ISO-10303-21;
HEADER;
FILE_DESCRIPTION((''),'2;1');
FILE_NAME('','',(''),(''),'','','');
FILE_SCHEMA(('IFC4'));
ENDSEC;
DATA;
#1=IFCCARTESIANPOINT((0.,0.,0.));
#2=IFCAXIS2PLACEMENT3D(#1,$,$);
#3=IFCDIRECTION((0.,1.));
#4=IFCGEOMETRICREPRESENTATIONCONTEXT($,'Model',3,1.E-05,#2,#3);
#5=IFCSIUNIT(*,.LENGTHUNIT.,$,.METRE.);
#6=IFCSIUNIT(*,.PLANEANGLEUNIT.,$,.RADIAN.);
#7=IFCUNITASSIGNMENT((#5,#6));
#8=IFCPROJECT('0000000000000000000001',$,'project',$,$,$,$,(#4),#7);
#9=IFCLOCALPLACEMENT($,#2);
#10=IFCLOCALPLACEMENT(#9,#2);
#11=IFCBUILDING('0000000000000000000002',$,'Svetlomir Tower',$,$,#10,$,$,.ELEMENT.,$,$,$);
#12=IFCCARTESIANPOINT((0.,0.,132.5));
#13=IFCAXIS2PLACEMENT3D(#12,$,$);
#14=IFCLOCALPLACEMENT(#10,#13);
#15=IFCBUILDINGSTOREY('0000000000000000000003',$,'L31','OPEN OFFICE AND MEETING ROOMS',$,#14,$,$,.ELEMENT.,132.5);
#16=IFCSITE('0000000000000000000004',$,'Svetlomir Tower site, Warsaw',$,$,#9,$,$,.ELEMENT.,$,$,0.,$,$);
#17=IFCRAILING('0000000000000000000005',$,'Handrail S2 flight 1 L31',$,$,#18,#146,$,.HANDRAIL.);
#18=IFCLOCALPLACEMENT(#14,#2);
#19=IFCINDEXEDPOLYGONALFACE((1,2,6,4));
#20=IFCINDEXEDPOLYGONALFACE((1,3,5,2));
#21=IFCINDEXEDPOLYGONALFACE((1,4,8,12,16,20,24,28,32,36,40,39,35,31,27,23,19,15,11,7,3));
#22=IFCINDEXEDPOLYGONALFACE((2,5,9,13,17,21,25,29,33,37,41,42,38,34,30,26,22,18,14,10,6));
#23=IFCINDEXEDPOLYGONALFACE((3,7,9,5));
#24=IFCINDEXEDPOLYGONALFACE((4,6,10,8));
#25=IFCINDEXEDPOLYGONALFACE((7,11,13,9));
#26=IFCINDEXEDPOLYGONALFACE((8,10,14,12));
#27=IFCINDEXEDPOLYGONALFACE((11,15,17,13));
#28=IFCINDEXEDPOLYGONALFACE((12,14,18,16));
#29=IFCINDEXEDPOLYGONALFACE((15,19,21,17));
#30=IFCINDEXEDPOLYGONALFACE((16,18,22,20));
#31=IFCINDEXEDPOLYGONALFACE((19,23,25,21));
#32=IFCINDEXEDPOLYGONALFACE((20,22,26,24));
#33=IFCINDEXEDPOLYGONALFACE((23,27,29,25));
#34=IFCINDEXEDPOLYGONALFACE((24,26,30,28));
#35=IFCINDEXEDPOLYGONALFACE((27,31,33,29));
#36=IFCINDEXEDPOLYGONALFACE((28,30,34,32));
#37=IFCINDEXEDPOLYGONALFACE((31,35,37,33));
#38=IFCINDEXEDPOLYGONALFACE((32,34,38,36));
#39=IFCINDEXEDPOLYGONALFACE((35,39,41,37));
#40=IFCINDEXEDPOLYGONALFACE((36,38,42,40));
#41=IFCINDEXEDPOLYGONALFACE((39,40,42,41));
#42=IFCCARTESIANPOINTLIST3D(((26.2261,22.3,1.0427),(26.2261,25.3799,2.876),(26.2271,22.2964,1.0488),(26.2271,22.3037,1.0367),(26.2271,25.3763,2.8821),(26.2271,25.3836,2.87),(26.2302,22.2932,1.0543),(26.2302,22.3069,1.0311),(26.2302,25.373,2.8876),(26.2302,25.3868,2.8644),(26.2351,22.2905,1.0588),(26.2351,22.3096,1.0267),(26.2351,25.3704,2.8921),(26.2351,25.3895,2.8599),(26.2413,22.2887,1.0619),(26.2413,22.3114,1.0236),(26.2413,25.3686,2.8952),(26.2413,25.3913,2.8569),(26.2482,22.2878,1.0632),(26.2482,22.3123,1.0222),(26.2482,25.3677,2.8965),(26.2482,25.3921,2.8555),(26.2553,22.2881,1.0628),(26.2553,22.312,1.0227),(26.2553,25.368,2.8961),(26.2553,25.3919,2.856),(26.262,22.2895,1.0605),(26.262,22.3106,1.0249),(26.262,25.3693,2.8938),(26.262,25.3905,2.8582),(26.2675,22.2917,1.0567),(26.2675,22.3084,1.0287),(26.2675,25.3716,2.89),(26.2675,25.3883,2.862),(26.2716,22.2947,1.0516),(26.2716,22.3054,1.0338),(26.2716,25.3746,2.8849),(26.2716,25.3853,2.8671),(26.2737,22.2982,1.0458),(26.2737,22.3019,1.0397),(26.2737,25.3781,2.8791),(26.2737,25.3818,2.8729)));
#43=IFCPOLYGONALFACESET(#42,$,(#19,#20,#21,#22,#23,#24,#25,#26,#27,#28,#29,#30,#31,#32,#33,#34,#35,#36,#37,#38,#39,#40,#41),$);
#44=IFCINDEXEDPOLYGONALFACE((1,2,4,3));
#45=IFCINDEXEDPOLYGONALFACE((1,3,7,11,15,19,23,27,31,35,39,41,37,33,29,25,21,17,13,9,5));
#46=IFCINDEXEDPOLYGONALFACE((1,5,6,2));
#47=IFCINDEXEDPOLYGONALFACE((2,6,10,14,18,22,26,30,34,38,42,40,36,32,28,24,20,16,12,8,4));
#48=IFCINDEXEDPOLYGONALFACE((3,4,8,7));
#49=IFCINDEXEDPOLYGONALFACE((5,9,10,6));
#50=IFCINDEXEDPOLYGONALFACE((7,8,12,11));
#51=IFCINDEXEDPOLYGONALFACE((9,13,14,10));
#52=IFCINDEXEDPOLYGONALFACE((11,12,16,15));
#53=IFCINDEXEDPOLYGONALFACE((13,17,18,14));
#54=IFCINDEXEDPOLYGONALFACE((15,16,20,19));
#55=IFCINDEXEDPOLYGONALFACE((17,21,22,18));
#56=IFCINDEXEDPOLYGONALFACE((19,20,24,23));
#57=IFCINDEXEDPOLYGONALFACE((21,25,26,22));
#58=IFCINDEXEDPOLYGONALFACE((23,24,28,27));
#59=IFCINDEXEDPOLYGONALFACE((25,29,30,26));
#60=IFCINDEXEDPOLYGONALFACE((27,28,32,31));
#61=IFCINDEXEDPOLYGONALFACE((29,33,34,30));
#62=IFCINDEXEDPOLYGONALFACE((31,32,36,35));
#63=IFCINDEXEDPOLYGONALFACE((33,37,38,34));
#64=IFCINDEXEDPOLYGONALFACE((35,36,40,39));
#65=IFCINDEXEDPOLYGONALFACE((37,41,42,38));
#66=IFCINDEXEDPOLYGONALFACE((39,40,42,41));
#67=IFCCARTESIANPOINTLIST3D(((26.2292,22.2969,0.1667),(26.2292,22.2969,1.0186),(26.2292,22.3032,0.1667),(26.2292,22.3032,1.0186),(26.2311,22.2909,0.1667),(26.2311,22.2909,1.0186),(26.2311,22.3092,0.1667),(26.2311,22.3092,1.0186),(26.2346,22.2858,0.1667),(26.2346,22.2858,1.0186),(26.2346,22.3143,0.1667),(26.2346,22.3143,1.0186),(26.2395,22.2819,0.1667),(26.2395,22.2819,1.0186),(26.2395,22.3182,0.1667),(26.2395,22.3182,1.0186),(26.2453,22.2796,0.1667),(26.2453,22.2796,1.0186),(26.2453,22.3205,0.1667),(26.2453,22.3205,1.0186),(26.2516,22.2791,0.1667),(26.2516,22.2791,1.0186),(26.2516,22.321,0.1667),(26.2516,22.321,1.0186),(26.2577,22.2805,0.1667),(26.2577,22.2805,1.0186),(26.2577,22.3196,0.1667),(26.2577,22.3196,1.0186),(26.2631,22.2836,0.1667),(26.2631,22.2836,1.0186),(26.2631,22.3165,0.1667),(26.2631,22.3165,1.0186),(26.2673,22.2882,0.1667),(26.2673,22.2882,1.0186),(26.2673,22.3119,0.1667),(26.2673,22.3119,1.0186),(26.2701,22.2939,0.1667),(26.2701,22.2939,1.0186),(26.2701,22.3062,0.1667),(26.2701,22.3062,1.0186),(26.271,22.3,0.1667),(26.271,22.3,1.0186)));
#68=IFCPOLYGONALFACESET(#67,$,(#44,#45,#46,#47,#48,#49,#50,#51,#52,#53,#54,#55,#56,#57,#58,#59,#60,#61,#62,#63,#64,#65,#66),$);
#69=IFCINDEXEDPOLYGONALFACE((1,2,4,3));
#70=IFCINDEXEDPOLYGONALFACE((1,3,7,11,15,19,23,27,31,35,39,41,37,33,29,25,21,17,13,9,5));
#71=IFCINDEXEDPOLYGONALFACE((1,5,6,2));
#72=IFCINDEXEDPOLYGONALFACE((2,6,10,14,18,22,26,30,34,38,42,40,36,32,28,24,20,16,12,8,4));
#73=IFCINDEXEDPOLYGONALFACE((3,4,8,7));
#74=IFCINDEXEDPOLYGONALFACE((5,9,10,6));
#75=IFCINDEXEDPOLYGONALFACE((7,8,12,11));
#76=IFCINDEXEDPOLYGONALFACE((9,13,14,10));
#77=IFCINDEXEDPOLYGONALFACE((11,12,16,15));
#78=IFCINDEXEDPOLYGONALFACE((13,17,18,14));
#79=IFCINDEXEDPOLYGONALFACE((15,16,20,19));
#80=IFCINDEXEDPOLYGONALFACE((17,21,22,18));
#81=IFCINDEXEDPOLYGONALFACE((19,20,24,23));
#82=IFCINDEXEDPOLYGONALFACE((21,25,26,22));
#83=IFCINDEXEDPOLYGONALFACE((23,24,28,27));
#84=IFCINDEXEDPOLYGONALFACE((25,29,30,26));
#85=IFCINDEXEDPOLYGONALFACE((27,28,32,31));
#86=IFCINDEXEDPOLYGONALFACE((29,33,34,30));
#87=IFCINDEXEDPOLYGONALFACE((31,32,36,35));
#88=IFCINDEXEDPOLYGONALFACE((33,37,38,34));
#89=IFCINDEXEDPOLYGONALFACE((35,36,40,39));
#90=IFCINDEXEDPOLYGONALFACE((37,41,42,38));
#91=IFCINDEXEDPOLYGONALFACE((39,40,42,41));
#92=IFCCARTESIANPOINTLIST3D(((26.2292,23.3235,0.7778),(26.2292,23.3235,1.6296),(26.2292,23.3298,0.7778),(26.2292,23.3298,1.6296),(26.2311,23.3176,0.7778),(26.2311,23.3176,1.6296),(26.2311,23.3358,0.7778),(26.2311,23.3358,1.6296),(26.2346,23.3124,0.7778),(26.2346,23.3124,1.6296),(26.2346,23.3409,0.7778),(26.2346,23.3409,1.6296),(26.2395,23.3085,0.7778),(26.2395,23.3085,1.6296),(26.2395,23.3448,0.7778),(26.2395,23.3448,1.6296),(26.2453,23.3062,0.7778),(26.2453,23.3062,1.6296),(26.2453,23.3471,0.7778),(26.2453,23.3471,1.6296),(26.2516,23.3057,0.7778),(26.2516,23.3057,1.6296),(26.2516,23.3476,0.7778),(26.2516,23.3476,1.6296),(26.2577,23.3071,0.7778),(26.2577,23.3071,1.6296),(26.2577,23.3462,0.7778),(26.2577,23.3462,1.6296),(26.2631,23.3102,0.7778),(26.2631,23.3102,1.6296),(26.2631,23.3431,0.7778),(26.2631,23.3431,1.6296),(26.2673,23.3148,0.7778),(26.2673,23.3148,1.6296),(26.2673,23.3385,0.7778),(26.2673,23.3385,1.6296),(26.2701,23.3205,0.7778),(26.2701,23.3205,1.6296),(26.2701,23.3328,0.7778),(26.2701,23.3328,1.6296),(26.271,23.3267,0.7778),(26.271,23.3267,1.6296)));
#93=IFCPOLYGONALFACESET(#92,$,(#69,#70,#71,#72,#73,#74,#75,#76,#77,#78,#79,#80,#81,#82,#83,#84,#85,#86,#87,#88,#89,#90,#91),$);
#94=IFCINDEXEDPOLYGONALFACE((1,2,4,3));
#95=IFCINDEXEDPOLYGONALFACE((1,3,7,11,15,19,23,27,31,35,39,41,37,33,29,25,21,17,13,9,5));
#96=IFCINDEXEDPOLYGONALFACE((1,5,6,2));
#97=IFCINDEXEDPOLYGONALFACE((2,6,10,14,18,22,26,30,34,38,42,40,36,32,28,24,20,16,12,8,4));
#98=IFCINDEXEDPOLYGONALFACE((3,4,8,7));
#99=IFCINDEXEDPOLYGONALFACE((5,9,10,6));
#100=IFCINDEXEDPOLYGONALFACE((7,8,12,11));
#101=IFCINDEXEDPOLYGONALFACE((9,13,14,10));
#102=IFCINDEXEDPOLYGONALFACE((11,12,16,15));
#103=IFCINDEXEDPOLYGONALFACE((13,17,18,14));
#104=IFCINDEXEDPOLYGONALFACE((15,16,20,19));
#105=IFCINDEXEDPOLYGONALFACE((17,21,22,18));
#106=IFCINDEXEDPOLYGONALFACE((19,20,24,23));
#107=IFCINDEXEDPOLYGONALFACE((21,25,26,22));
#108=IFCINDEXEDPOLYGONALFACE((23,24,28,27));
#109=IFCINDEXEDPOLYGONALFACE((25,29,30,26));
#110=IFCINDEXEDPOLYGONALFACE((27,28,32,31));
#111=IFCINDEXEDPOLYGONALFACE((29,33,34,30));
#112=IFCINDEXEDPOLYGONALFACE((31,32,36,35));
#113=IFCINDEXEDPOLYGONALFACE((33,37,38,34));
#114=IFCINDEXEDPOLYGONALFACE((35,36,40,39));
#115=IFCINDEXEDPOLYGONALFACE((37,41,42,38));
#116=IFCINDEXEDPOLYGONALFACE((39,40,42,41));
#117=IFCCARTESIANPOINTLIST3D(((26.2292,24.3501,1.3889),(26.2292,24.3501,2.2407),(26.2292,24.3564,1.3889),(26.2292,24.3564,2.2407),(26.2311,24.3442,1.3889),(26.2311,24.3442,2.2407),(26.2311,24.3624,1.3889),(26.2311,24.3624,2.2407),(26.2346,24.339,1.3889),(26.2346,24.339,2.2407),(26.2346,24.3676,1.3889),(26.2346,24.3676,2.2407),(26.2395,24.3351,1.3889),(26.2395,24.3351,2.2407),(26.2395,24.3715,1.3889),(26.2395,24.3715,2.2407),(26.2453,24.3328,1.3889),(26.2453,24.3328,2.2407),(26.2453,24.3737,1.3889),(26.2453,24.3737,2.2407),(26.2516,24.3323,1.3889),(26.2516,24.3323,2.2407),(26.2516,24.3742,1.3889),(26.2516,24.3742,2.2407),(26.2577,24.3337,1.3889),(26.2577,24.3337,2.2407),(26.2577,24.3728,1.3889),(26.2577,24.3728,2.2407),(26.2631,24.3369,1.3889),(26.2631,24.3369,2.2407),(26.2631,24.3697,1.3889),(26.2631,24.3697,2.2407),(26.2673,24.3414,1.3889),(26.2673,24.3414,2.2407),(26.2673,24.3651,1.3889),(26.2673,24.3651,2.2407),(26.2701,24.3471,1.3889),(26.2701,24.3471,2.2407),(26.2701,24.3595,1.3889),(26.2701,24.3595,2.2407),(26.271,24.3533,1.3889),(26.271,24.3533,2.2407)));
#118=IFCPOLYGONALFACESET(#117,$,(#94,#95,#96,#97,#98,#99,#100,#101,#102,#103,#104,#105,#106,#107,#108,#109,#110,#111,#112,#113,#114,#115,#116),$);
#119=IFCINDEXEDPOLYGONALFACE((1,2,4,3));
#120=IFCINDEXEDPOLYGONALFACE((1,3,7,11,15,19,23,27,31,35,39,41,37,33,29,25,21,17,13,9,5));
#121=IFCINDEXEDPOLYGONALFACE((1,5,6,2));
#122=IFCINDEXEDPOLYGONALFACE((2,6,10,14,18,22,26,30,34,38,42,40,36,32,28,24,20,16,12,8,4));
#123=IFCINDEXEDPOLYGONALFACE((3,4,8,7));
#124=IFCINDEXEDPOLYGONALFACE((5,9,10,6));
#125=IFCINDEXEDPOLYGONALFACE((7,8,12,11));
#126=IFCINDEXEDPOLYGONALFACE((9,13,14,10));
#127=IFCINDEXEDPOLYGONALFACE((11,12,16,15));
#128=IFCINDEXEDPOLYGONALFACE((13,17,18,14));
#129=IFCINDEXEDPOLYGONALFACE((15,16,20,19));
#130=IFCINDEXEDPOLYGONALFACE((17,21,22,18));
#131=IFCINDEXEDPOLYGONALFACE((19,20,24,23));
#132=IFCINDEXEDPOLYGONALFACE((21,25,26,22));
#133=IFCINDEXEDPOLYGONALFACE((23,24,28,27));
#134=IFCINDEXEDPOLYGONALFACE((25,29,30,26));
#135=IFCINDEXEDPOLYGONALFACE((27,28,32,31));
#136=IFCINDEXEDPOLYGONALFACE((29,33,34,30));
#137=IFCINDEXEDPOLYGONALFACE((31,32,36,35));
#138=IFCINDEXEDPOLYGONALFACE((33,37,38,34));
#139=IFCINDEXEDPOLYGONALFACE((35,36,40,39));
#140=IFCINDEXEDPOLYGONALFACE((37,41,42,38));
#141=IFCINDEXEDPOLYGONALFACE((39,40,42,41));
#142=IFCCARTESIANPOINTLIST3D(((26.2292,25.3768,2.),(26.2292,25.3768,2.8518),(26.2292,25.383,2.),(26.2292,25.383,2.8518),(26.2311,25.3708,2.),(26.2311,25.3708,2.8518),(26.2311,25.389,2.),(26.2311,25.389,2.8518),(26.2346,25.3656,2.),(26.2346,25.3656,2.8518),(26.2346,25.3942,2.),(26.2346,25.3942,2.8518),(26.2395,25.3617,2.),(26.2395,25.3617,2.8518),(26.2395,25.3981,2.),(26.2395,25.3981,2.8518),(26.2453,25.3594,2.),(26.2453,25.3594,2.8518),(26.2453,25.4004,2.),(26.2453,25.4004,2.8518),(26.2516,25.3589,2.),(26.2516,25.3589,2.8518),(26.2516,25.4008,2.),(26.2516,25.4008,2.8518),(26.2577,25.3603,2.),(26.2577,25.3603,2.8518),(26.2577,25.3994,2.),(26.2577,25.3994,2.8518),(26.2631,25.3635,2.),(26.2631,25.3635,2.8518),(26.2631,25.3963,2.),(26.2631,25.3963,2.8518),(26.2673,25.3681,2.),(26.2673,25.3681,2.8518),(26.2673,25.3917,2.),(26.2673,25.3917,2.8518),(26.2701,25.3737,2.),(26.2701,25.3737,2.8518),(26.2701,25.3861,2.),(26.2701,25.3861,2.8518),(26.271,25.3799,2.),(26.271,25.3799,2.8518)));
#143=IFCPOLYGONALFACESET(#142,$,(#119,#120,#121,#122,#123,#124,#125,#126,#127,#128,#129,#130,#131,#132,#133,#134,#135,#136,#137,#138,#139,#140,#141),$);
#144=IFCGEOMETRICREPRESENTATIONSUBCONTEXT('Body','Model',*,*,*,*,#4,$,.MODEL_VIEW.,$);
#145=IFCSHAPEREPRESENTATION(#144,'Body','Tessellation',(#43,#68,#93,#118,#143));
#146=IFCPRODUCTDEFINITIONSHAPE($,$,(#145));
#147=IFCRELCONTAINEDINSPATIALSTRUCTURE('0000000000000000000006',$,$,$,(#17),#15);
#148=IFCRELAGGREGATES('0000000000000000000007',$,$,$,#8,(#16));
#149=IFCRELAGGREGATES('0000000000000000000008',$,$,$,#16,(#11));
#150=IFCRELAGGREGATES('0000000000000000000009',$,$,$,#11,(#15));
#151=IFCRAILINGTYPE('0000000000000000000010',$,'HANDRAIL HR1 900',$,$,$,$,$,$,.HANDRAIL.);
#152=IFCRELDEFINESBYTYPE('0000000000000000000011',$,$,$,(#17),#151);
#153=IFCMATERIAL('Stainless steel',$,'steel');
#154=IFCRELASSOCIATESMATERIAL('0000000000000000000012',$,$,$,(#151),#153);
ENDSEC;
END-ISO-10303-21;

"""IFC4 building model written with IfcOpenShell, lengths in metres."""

from ifc_helpers import new_model, si_unit, direction, frame, origin, origin_2d, place, context, subcontext, project, spatial, circle, extrude, material, type_object, element, save


model = new_model("IFC4")

# Units and contexts
model_context = context("Model", 3, precision=1e-05, world=origin(), true_north=direction((0.0, 1.0)))
body_context = subcontext(model_context, "Body", "Model", "MODEL_VIEW")
ifc_project = project(units=[si_unit("LENGTHUNIT", "METRE"), si_unit("PLANEANGLEUNIT", "RADIAN")], contexts=[model_context])

# Site, building, storey
site_placement = place(None, origin())
site = spatial("IfcSite", under=ifc_project, at=site_placement, Name="Svetlomir Tower site, Warsaw", CompositionType="ELEMENT", RefElevation=0.0)
building_placement = place(site_placement, origin())
building = spatial("IfcBuilding", under=site, at=building_placement, Name="Svetlomir Tower", CompositionType="ELEMENT")
storey_placement = place(building_placement, frame((0.0, 0.0, 132.5)))
storey = spatial("IfcBuildingStorey", under=building, at=storey_placement, Name="L31", Description="OPEN OFFICE AND MEETING ROOMS", CompositionType="ELEMENT", Elevation=132.5)

# Railing
ifc_material_1 = material(Name="Stainless steel", Category="steel")
railing_type = type_object("IfcRailingType", Name="HANDRAIL HR1 900", PredefinedType="HANDRAIL", material=ifc_material_1)
railing_1_placement = place(storey_placement, frame((26.25, 22.3, 0.1667)))
element("IfcRailing", 1, at=railing_1_placement, inside=storey, type_object=railing_type, Name="Handrail S2 flight 1 L31", PredefinedType="HANDRAIL", context=body_context, shape_type="SweptSolid", body=[
    extrude(circle(Radius=0.0239, at=origin_2d()), frame((0.0, 0.0, 0.876), z_axis=(0.0, 0.859291, 0.511487), x_axis=(-1.0, 0.0, 0.0)), (0.0, 0.0, 1.0), 3.5842),
    extrude(circle(Radius=0.021, at=origin_2d()), origin(), (0.0, 0.0, 1.0), 0.8518),
    extrude(circle(Radius=0.021, at=origin_2d()), frame((0.0, 1.0266, 0.6111)), (0.0, 0.0, 1.0), 0.8518),
    extrude(circle(Radius=0.021, at=origin_2d()), frame((0.0, 2.0532, 1.2222)), (0.0, 0.0, 1.0), 0.8518),
    extrude(circle(Radius=0.021, at=origin_2d()), frame((0.0, 3.0798, 1.8333)), (0.0, 0.0, 1.0), 0.8518),
])

save(model, "model.ifc")
